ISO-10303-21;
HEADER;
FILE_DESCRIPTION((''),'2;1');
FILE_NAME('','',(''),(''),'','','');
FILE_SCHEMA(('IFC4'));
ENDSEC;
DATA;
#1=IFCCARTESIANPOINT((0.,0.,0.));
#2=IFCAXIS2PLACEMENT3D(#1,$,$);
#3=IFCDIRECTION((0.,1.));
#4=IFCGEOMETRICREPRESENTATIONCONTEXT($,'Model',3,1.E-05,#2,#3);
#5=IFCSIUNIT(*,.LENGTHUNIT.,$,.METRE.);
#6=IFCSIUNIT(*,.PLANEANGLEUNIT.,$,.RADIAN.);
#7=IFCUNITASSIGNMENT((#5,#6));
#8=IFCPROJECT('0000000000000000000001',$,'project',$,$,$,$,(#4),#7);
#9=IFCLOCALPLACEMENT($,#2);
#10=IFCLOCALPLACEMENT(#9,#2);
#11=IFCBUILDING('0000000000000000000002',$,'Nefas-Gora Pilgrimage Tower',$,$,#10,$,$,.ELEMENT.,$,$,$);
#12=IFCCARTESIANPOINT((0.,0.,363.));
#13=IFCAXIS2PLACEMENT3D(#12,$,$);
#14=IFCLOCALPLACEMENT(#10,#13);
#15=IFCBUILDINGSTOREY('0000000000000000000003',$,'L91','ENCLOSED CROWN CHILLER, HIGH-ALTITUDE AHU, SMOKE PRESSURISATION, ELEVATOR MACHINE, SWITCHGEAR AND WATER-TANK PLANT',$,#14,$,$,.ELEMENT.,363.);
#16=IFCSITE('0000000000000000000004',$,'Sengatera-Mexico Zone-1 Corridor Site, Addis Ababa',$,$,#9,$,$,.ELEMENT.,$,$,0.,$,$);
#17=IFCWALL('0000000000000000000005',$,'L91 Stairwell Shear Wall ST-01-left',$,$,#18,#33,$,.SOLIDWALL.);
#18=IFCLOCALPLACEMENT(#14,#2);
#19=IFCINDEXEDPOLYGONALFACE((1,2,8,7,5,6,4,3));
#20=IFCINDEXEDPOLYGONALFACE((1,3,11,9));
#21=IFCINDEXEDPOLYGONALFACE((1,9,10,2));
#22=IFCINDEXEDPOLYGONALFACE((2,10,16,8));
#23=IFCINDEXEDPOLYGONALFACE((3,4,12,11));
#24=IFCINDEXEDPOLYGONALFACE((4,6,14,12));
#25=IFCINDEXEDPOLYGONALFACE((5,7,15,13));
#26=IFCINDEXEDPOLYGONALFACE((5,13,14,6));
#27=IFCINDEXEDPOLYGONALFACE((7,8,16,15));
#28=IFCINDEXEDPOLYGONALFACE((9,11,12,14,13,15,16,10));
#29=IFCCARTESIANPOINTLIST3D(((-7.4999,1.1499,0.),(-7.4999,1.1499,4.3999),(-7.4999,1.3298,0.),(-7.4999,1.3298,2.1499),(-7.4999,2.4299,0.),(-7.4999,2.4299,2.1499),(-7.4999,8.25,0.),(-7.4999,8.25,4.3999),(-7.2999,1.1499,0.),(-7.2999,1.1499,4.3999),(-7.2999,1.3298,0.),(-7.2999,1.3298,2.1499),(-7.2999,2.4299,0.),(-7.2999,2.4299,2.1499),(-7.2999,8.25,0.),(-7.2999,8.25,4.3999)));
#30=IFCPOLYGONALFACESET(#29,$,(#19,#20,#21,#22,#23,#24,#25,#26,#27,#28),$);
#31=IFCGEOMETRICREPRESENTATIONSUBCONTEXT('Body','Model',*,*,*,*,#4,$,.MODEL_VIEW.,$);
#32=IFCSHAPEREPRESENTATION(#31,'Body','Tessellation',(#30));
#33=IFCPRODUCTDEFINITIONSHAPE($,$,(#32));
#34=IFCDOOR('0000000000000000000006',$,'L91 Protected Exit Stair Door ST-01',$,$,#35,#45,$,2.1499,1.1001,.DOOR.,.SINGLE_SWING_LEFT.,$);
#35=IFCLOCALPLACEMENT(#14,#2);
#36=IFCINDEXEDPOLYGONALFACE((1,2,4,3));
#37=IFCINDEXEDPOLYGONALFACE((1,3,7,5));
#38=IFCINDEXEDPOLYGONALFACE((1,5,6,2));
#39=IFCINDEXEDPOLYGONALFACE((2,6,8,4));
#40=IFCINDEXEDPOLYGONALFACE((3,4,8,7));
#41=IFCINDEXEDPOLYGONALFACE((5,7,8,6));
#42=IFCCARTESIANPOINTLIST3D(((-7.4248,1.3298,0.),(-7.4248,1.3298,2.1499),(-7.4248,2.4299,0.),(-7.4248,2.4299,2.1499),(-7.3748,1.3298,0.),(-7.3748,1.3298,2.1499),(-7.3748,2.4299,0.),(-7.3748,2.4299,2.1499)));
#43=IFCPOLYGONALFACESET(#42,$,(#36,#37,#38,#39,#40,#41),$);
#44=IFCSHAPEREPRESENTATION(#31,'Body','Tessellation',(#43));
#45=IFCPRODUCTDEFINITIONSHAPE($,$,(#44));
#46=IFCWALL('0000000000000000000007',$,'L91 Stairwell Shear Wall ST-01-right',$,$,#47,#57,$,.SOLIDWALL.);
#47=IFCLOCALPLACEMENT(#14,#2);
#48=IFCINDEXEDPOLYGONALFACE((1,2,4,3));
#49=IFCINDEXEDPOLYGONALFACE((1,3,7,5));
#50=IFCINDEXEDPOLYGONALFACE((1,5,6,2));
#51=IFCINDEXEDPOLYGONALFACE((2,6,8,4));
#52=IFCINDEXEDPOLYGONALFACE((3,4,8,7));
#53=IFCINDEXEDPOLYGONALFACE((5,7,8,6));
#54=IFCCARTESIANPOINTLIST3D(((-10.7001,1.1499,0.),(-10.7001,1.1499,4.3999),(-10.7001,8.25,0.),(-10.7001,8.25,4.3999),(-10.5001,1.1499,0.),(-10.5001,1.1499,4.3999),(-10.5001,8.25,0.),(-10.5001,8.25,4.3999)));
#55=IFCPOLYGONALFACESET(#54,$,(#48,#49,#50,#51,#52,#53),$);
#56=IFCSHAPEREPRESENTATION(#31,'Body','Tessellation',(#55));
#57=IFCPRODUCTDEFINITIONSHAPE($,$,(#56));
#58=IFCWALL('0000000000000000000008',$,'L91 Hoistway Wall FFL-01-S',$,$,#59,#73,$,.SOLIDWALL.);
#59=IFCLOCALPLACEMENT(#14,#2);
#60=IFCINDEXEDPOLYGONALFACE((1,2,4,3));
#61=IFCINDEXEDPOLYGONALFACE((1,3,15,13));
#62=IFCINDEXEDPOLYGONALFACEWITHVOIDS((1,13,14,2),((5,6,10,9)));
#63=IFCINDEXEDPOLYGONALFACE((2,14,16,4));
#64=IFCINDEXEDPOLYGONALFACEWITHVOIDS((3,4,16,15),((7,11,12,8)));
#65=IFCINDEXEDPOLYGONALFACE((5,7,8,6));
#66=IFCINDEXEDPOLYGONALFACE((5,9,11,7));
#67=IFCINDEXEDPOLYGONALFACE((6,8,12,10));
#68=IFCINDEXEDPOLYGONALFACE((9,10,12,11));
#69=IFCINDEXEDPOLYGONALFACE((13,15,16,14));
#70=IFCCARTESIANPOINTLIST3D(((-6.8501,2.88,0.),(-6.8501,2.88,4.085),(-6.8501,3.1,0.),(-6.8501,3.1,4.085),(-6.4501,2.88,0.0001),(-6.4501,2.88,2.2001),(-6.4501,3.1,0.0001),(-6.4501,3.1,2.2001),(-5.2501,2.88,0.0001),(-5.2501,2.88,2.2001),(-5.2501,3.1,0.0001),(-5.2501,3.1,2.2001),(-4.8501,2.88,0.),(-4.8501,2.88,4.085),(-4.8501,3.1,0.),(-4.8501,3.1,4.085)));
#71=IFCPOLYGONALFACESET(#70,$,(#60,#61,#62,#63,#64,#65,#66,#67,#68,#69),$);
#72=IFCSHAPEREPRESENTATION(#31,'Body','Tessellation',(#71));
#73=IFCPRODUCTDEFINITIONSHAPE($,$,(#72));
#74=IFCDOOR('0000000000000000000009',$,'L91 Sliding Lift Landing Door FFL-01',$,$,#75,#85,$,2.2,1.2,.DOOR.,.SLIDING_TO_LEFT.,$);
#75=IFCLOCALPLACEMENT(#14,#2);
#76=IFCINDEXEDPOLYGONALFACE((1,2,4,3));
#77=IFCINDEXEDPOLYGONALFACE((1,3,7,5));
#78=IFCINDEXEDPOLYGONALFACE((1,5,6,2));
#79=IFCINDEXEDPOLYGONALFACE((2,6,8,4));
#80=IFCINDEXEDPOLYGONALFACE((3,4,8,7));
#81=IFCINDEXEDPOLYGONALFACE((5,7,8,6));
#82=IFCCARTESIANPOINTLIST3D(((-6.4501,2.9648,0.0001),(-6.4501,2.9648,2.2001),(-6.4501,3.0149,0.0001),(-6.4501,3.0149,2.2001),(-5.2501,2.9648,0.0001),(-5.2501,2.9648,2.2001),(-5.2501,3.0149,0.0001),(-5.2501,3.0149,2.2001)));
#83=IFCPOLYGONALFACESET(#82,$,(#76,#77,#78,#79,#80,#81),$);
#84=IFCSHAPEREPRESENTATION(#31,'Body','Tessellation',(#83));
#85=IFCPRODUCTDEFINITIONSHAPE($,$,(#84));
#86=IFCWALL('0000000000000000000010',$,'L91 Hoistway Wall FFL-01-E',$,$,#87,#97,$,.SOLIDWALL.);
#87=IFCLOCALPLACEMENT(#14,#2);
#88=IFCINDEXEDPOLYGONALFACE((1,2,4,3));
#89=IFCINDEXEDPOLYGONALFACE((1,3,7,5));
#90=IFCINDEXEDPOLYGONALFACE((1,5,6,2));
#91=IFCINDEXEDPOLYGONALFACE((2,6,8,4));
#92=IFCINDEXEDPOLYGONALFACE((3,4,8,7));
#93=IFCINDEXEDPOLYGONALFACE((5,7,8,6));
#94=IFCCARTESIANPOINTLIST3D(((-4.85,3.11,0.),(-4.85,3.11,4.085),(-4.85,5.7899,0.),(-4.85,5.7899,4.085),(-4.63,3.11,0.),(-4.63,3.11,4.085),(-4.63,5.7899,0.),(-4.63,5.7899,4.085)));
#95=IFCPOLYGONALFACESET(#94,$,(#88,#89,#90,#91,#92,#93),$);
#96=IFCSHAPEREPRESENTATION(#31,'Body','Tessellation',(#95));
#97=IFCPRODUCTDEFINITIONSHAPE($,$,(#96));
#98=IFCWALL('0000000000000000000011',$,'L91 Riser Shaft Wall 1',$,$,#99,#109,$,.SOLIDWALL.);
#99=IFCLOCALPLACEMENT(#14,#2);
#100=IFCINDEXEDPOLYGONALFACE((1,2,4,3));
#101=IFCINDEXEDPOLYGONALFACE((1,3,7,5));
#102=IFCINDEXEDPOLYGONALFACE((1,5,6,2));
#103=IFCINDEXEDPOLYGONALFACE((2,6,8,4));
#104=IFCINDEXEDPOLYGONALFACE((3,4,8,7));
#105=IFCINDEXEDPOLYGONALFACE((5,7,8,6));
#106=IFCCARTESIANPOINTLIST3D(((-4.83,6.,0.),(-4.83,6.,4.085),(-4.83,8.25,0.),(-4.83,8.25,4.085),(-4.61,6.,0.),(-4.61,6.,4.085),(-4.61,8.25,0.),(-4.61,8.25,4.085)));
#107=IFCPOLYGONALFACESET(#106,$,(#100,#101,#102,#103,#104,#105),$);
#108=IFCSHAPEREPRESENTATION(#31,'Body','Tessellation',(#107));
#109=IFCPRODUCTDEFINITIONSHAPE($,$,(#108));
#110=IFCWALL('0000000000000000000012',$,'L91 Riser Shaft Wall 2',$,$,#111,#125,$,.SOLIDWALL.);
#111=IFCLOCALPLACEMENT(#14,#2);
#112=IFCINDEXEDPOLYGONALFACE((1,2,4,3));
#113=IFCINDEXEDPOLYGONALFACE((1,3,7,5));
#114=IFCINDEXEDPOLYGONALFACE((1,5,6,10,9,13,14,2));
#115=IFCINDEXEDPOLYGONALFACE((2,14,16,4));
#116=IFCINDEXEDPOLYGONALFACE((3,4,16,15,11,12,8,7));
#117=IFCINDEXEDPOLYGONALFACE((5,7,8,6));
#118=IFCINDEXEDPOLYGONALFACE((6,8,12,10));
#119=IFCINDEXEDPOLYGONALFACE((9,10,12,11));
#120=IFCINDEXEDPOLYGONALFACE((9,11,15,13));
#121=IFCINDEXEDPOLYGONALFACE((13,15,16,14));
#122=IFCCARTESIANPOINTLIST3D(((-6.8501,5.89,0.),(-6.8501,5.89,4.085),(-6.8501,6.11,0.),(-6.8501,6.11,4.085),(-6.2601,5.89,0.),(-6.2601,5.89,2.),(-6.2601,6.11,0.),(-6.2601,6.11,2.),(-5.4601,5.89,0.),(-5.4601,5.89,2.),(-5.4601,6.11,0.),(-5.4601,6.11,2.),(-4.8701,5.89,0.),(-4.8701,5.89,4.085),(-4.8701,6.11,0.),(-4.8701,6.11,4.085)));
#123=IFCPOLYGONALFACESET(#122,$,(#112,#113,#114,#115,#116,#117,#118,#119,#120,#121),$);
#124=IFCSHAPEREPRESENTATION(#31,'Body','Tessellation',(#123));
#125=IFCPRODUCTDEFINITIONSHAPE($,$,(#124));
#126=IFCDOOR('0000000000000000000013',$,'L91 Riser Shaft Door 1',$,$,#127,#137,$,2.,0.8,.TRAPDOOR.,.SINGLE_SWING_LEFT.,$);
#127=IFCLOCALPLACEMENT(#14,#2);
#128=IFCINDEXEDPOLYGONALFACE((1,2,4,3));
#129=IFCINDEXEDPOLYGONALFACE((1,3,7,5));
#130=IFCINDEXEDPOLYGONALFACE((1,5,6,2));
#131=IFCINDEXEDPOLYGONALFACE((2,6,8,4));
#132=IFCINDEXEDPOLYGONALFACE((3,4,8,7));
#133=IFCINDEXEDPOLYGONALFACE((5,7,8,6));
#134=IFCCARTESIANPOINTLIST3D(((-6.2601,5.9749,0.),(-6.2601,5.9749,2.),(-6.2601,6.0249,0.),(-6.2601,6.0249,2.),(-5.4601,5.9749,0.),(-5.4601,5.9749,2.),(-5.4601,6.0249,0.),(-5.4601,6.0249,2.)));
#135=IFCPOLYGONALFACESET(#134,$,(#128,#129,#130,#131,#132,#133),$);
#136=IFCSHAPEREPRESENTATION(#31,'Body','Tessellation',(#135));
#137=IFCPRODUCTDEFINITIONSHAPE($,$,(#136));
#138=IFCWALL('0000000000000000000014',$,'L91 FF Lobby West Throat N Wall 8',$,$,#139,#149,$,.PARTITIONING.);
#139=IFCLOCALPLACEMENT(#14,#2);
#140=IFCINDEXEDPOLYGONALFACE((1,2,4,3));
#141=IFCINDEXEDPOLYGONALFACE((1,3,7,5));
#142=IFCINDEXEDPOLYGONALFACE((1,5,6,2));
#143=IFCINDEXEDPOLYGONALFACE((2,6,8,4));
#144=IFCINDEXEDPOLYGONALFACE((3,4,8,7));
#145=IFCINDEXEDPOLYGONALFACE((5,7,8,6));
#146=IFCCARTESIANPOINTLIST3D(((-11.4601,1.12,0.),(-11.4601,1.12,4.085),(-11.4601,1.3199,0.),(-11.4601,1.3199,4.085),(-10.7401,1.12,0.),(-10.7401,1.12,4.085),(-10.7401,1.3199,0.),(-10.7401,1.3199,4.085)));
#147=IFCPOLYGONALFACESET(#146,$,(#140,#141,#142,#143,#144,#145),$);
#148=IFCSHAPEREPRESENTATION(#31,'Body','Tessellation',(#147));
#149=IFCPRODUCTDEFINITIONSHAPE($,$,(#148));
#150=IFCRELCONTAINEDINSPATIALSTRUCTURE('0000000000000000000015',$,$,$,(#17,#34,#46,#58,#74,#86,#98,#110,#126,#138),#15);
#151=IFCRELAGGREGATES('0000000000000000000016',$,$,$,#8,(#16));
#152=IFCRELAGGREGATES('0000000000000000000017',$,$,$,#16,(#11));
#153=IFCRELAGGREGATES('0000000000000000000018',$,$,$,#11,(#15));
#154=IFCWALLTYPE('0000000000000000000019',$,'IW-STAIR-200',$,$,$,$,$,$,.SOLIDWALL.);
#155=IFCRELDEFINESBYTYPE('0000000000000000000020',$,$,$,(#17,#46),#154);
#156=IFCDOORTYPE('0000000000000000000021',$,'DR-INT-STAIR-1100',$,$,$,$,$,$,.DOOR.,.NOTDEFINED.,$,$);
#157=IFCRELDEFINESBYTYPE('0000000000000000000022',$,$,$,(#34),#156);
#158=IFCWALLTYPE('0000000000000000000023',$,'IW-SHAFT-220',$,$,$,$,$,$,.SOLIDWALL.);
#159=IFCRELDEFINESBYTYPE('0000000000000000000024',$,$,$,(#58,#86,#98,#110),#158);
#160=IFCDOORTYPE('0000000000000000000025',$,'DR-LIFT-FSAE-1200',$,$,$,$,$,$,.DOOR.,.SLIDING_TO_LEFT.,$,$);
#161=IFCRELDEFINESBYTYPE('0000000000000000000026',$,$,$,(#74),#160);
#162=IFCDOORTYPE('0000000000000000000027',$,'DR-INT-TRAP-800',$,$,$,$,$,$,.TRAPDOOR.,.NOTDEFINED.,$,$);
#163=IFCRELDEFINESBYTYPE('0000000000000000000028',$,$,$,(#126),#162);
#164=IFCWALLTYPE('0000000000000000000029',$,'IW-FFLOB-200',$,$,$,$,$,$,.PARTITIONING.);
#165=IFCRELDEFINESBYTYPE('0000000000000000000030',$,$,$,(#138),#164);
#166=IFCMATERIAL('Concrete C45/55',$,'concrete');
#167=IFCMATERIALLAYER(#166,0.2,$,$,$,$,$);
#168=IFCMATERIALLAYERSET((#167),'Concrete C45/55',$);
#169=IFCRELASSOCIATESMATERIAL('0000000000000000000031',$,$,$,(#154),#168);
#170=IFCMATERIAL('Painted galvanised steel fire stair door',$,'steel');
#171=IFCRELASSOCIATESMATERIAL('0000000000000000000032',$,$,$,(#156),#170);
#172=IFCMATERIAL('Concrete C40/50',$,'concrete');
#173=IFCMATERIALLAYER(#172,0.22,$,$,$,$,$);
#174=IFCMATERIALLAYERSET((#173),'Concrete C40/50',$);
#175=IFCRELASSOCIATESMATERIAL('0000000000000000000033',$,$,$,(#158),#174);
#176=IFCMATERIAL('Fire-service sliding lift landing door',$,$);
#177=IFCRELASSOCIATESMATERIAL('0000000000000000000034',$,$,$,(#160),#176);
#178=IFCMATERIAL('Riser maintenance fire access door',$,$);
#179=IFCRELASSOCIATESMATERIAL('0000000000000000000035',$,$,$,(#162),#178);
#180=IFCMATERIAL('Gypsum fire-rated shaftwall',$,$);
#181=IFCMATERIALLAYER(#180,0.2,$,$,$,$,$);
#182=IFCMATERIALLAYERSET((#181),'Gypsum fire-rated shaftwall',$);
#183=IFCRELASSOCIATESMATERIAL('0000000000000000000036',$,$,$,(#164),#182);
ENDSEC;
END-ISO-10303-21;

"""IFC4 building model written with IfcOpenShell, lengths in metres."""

from ifc_helpers import new_model, si_unit, direction, frame, frame_2d, origin, place, context, subcontext, project, spatial, rectangle, extrude, source, transform, mapped, material, layer, layer_set, type_object, element, fill, save


model = new_model("IFC4")

# Units and contexts
model_context = context("Model", 3, precision=1e-05, world=origin(), true_north=direction((0.0, 1.0)))
body_context = subcontext(model_context, "Body", "Model", "MODEL_VIEW")
ifc_project = project(units=[si_unit("LENGTHUNIT", "METRE"), si_unit("PLANEANGLEUNIT", "RADIAN")], contexts=[model_context])

# Site, building, storey
site_placement = place(None, origin())
site = spatial("IfcSite", under=ifc_project, at=site_placement, Name="Sengatera-Mexico Zone-1 Corridor Site, Addis Ababa", CompositionType="ELEMENT", RefElevation=0.0)
building_placement = place(site_placement, origin())
building = spatial("IfcBuilding", under=site, at=building_placement, Name="Nefas-Gora Pilgrimage Tower", CompositionType="ELEMENT")
storey_placement = place(building_placement, frame((0.0, 0.0, 363.0)))
storey = spatial("IfcBuildingStorey", under=building, at=storey_placement, Name="L91", Description="ENCLOSED CROWN CHILLER, HIGH-ALTITUDE AHU, SMOKE PRESSURISATION, ELEVATOR MACHINE, SWITCHGEAR AND WATER-TANK PLANT", CompositionType="ELEMENT", Elevation=363.0)

# Shared definitions
ifc_material_1 = material(Name="Concrete C45/55", Category="concrete")
ifc_layer_1 = layer(ifc_material_1, 0.2)
ifc_layer_set_1 = layer_set([ifc_layer_1], Name="Concrete C45/55")
wall_type_1 = type_object("IfcWallType", Name="IW-STAIR-200", PredefinedType="SOLIDWALL", material=ifc_layer_set_1)

# Wall, opening, door
shared_shape_1 = source(origin(), body_context, "Body", "SweptSolid", [
    extrude(rectangle(XDim=7.1001, YDim=0.2, at=frame_2d((3.55, 0.0))), origin(), (0.0, 0.0, 1.0), 4.3999),
])
wall_1_placement = place(storey_placement, frame((-7.3999, 1.1499, 0.0), z_axis=(0.0, 0.0, 1.0), x_axis=(0.0, 1.0, 0.0)))
wall_1 = element("IfcWall", 1, at=wall_1_placement, inside=storey, type_object=wall_type_1, Name="L91 Stairwell Shear Wall ST-01-left", PredefinedType="SOLIDWALL", context=body_context, shape_type="MappedRepresentation", body=[
    mapped(shared_shape_1, transform((0.0, 0.0, 0.0), x_axis=(1.0, 0.0, 0.0), y_axis=(0.0, 1.0, 0.0), z_axis=(0.0, 0.0, 1.0), scale=1.0)),
])
opening_1_placement = place(wall_1_placement, frame((0.1799, 0.0, 0.0)))
opening_1 = element("IfcOpeningElement", 2, at=opening_1_placement, cuts=wall_1, PredefinedType="OPENING", context=body_context, shape_type="SweptSolid", body=[
    extrude(rectangle(XDim=1.1001, YDim=2.1499, at=frame_2d((0.55, 1.075))), frame((0.0, 0.1099, 0.0), z_axis=(0.0, -1.0, 0.0), x_axis=(1.0, 0.0, 0.0)), (0.0, 0.0, 1.0), 0.22),
])
ifc_material_2 = material(Name="Painted galvanised steel fire stair door", Category="steel")
door_type_1 = type_object("IfcDoorType", Name="DR-INT-STAIR-1100", OperationType="NOTDEFINED", PredefinedType="DOOR", material=ifc_material_2)
shared_shape_2 = source(origin(), body_context, "Body", "SweptSolid", [
    extrude(rectangle(XDim=1.1001, YDim=2.1499, at=frame_2d((0.55, 1.075))), frame((0.0, 0.0249, 0.0), z_axis=(0.0, -1.0, 0.0), x_axis=(1.0, 0.0, 0.0)), (0.0, 0.0, 1.0), 0.05),
])
door_1_placement = place(opening_1_placement, origin())
door_1 = element("IfcDoor", 3, at=door_1_placement, inside=storey, type_object=door_type_1, Name="L91 Protected Exit Stair Door ST-01", OperationType="SINGLE_SWING_LEFT", OverallHeight=2.1499, OverallWidth=1.1001, PredefinedType="DOOR", context=body_context, shape_type="MappedRepresentation", body=[
    mapped(shared_shape_2, transform((0.0, 0.0, 0.0), x_axis=(1.0, 0.0, 0.0), y_axis=(0.0, 1.0, 0.0), z_axis=(0.0, 0.0, 1.0), scale=1.0)),
])
fill(opening_1, door_1)

# Wall
wall_2_placement = place(storey_placement, frame((-10.6001, 1.1499, 0.0), z_axis=(0.0, 0.0, 1.0), x_axis=(0.0, 1.0, 0.0)))
element("IfcWall", 4, at=wall_2_placement, inside=storey, type_object=wall_type_1, Name="L91 Stairwell Shear Wall ST-01-right", PredefinedType="SOLIDWALL", context=body_context, shape_type="MappedRepresentation", body=[
    mapped(shared_shape_1, transform((0.0, 0.0, 0.0), x_axis=(1.0, 0.0, 0.0), y_axis=(0.0, 1.0, 0.0), z_axis=(0.0, 0.0, 1.0), scale=1.0)),
])

# Wall, opening, door
ifc_material_3 = material(Name="Concrete C40/50", Category="concrete")
ifc_layer_2 = layer(ifc_material_3, 0.22)
ifc_layer_set_2 = layer_set([ifc_layer_2], Name="Concrete C40/50")
wall_type_2 = type_object("IfcWallType", Name="IW-SHAFT-220", PredefinedType="SOLIDWALL", material=ifc_layer_set_2)
shared_shape_3 = source(origin(), body_context, "Body", "SweptSolid", [
    extrude(rectangle(XDim=2.0, YDim=0.22, at=frame_2d((1.0, 0.0))), origin(), (0.0, 0.0, 1.0), 4.085),
])
wall_3_placement = place(storey_placement, frame((-6.8501, 2.99, 0.0), z_axis=(0.0, 0.0, 1.0), x_axis=(1.0, 0.0, 0.0)))
wall_3 = element("IfcWall", 5, at=wall_3_placement, inside=storey, type_object=wall_type_2, Name="L91 Hoistway Wall FFL-01-S", PredefinedType="SOLIDWALL", context=body_context, shape_type="MappedRepresentation", body=[
    mapped(shared_shape_3, transform((0.0, 0.0, 0.0), x_axis=(1.0, 0.0, 0.0), y_axis=(0.0, 1.0, 0.0), z_axis=(0.0, 0.0, 1.0), scale=1.0)),
])
opening_2_placement = place(wall_3_placement, frame((0.3999, 0.0, 0.0)))
opening_2 = element("IfcOpeningElement", 6, at=opening_2_placement, cuts=wall_3, PredefinedType="OPENING", context=body_context, shape_type="SweptSolid", body=[
    extrude(rectangle(XDim=1.2, YDim=2.2, at=frame_2d((0.6001, 1.1001))), frame((0.0, 0.1199, 0.0), z_axis=(0.0, -1.0, 0.0), x_axis=(1.0, 0.0, 0.0)), (0.0, 0.0, 1.0), 0.24),
])
ifc_material_4 = material(Name="Fire-service sliding lift landing door")
door_type_2 = type_object("IfcDoorType", Name="DR-LIFT-FSAE-1200", OperationType="SLIDING_TO_LEFT", PredefinedType="DOOR", material=ifc_material_4)
shared_shape_4 = source(origin(), body_context, "Body", "SweptSolid", [
    extrude(rectangle(XDim=1.2, YDim=2.2, at=frame_2d((0.6001, 1.1001))), frame((0.0, 0.0249, 0.0), z_axis=(0.0, -1.0, 0.0), x_axis=(1.0, 0.0, 0.0)), (0.0, 0.0, 1.0), 0.05),
])
door_2_placement = place(opening_2_placement, origin())
door_2 = element("IfcDoor", 7, at=door_2_placement, inside=storey, type_object=door_type_2, Name="L91 Sliding Lift Landing Door FFL-01", OperationType="SLIDING_TO_LEFT", OverallHeight=2.2, OverallWidth=1.2, PredefinedType="DOOR", context=body_context, shape_type="MappedRepresentation", body=[
    mapped(shared_shape_4, transform((0.0, 0.0, 0.0), x_axis=(1.0, 0.0, 0.0), y_axis=(0.0, 1.0, 0.0), z_axis=(0.0, 0.0, 1.0), scale=1.0)),
])
fill(opening_2, door_2)

# Walls
shared_shape_5 = source(origin(), body_context, "Body", "SweptSolid", [
    extrude(rectangle(XDim=2.6799, YDim=0.22, at=frame_2d((1.3398, 0.0))), origin(), (0.0, 0.0, 1.0), 4.085),
])
wall_4_placement = place(storey_placement, frame((-4.74, 3.1101, 0.0), z_axis=(0.0, 0.0, 1.0), x_axis=(0.0, 1.0, 0.0)))
element("IfcWall", 8, at=wall_4_placement, inside=storey, type_object=wall_type_2, Name="L91 Hoistway Wall FFL-01-E", PredefinedType="SOLIDWALL", context=body_context, shape_type="MappedRepresentation", body=[
    mapped(shared_shape_5, transform((0.0, 0.0, 0.0), x_axis=(1.0, 0.0, 0.0), y_axis=(0.0, 1.0, 0.0), z_axis=(0.0, 0.0, 1.0), scale=1.0)),
])
shared_shape_6 = source(origin(), body_context, "Body", "SweptSolid", [
    extrude(rectangle(XDim=2.25, YDim=0.22, at=frame_2d((1.125, 0.0))), origin(), (0.0, 0.0, 1.0), 4.085),
])
wall_5_placement = place(storey_placement, frame((-4.72, 6.0, 0.0), z_axis=(0.0, 0.0, 1.0), x_axis=(0.0, 1.0, 0.0)))
element("IfcWall", 9, at=wall_5_placement, inside=storey, type_object=wall_type_2, Name="L91 Riser Shaft Wall 1", PredefinedType="SOLIDWALL", context=body_context, shape_type="MappedRepresentation", body=[
    mapped(shared_shape_6, transform((0.0, 0.0, 0.0), x_axis=(1.0, 0.0, 0.0), y_axis=(0.0, 1.0, 0.0), z_axis=(0.0, 0.0, 1.0), scale=1.0)),
])

# Wall, opening, door
shared_shape_7 = source(origin(), body_context, "Body", "SweptSolid", [
    extrude(rectangle(XDim=1.98, YDim=0.22, at=frame_2d((0.99, 0.0))), origin(), (0.0, 0.0, 1.0), 4.085),
])
wall_6_placement = place(storey_placement, frame((-6.8501, 6.0, 0.0), z_axis=(0.0, 0.0, 1.0), x_axis=(1.0, 0.0, 0.0)))
wall_6 = element("IfcWall", 10, at=wall_6_placement, inside=storey, type_object=wall_type_2, Name="L91 Riser Shaft Wall 2", PredefinedType="SOLIDWALL", context=body_context, shape_type="MappedRepresentation", body=[
    mapped(shared_shape_7, transform((0.0, 0.0, 0.0), x_axis=(1.0, 0.0, 0.0), y_axis=(0.0, 1.0, 0.0), z_axis=(0.0, 0.0, 1.0), scale=1.0)),
])
opening_3_placement = place(wall_6_placement, frame((0.5901, 0.0, 0.0)))
opening_3 = element("IfcOpeningElement", 11, at=opening_3_placement, cuts=wall_6, PredefinedType="OPENING", context=body_context, shape_type="SweptSolid", body=[
    extrude(rectangle(XDim=0.8, YDim=2.0, at=frame_2d((0.3999, 1.0))), frame((0.0, 0.1199, 0.0), z_axis=(0.0, -1.0, 0.0), x_axis=(1.0, 0.0, 0.0)), (0.0, 0.0, 1.0), 0.24),
])
ifc_material_5 = material(Name="Riser maintenance fire access door")
door_type_3 = type_object("IfcDoorType", Name="DR-INT-TRAP-800", OperationType="NOTDEFINED", PredefinedType="TRAPDOOR", material=ifc_material_5)
shared_shape_8 = source(origin(), body_context, "Body", "SweptSolid", [
    extrude(rectangle(XDim=0.8, YDim=2.0, at=frame_2d((0.3999, 1.0))), frame((0.0, 0.0249, 0.0), z_axis=(0.0, -1.0, 0.0), x_axis=(1.0, 0.0, 0.0)), (0.0, 0.0, 1.0), 0.05),
])
door_3_placement = place(opening_3_placement, origin())
door_3 = element("IfcDoor", 12, at=door_3_placement, inside=storey, type_object=door_type_3, Name="L91 Riser Shaft Door 1", OperationType="SINGLE_SWING_LEFT", OverallHeight=2.0, OverallWidth=0.8, PredefinedType="TRAPDOOR", context=body_context, shape_type="MappedRepresentation", body=[
    mapped(shared_shape_8, transform((0.0, 0.0, 0.0), x_axis=(1.0, 0.0, 0.0), y_axis=(0.0, 1.0, 0.0), z_axis=(0.0, 0.0, 1.0), scale=1.0)),
])
fill(opening_3, door_3)

# Wall
ifc_material_6 = material(Name="Gypsum fire-rated shaftwall")
ifc_layer_3 = layer(ifc_material_6, 0.2)
ifc_layer_set_3 = layer_set([ifc_layer_3], Name="Gypsum fire-rated shaftwall")
wall_type_3 = type_object("IfcWallType", Name="IW-FFLOB-200", PredefinedType="PARTITIONING", material=ifc_layer_set_3)
shared_shape_9 = source(origin(), body_context, "Body", "SweptSolid", [
    extrude(rectangle(XDim=0.72, YDim=0.2, at=frame_2d((0.3599, 0.0))), origin(), (0.0, 0.0, 1.0), 4.085),
])
wall_7_placement = place(storey_placement, frame((-11.46, 1.22, 0.0), z_axis=(0.0, 0.0, 1.0), x_axis=(1.0, 0.0, 0.0)))
element("IfcWall", 13, at=wall_7_placement, inside=storey, type_object=wall_type_3, Name="L91 FF Lobby West Throat N Wall 8", PredefinedType="PARTITIONING", context=body_context, shape_type="MappedRepresentation", body=[
    mapped(shared_shape_9, transform((0.0, 0.0, 0.0), x_axis=(1.0, 0.0, 0.0), y_axis=(0.0, 1.0, 0.0), z_axis=(0.0, 0.0, 1.0), scale=1.0)),
])

save(model, "model.ifc")
